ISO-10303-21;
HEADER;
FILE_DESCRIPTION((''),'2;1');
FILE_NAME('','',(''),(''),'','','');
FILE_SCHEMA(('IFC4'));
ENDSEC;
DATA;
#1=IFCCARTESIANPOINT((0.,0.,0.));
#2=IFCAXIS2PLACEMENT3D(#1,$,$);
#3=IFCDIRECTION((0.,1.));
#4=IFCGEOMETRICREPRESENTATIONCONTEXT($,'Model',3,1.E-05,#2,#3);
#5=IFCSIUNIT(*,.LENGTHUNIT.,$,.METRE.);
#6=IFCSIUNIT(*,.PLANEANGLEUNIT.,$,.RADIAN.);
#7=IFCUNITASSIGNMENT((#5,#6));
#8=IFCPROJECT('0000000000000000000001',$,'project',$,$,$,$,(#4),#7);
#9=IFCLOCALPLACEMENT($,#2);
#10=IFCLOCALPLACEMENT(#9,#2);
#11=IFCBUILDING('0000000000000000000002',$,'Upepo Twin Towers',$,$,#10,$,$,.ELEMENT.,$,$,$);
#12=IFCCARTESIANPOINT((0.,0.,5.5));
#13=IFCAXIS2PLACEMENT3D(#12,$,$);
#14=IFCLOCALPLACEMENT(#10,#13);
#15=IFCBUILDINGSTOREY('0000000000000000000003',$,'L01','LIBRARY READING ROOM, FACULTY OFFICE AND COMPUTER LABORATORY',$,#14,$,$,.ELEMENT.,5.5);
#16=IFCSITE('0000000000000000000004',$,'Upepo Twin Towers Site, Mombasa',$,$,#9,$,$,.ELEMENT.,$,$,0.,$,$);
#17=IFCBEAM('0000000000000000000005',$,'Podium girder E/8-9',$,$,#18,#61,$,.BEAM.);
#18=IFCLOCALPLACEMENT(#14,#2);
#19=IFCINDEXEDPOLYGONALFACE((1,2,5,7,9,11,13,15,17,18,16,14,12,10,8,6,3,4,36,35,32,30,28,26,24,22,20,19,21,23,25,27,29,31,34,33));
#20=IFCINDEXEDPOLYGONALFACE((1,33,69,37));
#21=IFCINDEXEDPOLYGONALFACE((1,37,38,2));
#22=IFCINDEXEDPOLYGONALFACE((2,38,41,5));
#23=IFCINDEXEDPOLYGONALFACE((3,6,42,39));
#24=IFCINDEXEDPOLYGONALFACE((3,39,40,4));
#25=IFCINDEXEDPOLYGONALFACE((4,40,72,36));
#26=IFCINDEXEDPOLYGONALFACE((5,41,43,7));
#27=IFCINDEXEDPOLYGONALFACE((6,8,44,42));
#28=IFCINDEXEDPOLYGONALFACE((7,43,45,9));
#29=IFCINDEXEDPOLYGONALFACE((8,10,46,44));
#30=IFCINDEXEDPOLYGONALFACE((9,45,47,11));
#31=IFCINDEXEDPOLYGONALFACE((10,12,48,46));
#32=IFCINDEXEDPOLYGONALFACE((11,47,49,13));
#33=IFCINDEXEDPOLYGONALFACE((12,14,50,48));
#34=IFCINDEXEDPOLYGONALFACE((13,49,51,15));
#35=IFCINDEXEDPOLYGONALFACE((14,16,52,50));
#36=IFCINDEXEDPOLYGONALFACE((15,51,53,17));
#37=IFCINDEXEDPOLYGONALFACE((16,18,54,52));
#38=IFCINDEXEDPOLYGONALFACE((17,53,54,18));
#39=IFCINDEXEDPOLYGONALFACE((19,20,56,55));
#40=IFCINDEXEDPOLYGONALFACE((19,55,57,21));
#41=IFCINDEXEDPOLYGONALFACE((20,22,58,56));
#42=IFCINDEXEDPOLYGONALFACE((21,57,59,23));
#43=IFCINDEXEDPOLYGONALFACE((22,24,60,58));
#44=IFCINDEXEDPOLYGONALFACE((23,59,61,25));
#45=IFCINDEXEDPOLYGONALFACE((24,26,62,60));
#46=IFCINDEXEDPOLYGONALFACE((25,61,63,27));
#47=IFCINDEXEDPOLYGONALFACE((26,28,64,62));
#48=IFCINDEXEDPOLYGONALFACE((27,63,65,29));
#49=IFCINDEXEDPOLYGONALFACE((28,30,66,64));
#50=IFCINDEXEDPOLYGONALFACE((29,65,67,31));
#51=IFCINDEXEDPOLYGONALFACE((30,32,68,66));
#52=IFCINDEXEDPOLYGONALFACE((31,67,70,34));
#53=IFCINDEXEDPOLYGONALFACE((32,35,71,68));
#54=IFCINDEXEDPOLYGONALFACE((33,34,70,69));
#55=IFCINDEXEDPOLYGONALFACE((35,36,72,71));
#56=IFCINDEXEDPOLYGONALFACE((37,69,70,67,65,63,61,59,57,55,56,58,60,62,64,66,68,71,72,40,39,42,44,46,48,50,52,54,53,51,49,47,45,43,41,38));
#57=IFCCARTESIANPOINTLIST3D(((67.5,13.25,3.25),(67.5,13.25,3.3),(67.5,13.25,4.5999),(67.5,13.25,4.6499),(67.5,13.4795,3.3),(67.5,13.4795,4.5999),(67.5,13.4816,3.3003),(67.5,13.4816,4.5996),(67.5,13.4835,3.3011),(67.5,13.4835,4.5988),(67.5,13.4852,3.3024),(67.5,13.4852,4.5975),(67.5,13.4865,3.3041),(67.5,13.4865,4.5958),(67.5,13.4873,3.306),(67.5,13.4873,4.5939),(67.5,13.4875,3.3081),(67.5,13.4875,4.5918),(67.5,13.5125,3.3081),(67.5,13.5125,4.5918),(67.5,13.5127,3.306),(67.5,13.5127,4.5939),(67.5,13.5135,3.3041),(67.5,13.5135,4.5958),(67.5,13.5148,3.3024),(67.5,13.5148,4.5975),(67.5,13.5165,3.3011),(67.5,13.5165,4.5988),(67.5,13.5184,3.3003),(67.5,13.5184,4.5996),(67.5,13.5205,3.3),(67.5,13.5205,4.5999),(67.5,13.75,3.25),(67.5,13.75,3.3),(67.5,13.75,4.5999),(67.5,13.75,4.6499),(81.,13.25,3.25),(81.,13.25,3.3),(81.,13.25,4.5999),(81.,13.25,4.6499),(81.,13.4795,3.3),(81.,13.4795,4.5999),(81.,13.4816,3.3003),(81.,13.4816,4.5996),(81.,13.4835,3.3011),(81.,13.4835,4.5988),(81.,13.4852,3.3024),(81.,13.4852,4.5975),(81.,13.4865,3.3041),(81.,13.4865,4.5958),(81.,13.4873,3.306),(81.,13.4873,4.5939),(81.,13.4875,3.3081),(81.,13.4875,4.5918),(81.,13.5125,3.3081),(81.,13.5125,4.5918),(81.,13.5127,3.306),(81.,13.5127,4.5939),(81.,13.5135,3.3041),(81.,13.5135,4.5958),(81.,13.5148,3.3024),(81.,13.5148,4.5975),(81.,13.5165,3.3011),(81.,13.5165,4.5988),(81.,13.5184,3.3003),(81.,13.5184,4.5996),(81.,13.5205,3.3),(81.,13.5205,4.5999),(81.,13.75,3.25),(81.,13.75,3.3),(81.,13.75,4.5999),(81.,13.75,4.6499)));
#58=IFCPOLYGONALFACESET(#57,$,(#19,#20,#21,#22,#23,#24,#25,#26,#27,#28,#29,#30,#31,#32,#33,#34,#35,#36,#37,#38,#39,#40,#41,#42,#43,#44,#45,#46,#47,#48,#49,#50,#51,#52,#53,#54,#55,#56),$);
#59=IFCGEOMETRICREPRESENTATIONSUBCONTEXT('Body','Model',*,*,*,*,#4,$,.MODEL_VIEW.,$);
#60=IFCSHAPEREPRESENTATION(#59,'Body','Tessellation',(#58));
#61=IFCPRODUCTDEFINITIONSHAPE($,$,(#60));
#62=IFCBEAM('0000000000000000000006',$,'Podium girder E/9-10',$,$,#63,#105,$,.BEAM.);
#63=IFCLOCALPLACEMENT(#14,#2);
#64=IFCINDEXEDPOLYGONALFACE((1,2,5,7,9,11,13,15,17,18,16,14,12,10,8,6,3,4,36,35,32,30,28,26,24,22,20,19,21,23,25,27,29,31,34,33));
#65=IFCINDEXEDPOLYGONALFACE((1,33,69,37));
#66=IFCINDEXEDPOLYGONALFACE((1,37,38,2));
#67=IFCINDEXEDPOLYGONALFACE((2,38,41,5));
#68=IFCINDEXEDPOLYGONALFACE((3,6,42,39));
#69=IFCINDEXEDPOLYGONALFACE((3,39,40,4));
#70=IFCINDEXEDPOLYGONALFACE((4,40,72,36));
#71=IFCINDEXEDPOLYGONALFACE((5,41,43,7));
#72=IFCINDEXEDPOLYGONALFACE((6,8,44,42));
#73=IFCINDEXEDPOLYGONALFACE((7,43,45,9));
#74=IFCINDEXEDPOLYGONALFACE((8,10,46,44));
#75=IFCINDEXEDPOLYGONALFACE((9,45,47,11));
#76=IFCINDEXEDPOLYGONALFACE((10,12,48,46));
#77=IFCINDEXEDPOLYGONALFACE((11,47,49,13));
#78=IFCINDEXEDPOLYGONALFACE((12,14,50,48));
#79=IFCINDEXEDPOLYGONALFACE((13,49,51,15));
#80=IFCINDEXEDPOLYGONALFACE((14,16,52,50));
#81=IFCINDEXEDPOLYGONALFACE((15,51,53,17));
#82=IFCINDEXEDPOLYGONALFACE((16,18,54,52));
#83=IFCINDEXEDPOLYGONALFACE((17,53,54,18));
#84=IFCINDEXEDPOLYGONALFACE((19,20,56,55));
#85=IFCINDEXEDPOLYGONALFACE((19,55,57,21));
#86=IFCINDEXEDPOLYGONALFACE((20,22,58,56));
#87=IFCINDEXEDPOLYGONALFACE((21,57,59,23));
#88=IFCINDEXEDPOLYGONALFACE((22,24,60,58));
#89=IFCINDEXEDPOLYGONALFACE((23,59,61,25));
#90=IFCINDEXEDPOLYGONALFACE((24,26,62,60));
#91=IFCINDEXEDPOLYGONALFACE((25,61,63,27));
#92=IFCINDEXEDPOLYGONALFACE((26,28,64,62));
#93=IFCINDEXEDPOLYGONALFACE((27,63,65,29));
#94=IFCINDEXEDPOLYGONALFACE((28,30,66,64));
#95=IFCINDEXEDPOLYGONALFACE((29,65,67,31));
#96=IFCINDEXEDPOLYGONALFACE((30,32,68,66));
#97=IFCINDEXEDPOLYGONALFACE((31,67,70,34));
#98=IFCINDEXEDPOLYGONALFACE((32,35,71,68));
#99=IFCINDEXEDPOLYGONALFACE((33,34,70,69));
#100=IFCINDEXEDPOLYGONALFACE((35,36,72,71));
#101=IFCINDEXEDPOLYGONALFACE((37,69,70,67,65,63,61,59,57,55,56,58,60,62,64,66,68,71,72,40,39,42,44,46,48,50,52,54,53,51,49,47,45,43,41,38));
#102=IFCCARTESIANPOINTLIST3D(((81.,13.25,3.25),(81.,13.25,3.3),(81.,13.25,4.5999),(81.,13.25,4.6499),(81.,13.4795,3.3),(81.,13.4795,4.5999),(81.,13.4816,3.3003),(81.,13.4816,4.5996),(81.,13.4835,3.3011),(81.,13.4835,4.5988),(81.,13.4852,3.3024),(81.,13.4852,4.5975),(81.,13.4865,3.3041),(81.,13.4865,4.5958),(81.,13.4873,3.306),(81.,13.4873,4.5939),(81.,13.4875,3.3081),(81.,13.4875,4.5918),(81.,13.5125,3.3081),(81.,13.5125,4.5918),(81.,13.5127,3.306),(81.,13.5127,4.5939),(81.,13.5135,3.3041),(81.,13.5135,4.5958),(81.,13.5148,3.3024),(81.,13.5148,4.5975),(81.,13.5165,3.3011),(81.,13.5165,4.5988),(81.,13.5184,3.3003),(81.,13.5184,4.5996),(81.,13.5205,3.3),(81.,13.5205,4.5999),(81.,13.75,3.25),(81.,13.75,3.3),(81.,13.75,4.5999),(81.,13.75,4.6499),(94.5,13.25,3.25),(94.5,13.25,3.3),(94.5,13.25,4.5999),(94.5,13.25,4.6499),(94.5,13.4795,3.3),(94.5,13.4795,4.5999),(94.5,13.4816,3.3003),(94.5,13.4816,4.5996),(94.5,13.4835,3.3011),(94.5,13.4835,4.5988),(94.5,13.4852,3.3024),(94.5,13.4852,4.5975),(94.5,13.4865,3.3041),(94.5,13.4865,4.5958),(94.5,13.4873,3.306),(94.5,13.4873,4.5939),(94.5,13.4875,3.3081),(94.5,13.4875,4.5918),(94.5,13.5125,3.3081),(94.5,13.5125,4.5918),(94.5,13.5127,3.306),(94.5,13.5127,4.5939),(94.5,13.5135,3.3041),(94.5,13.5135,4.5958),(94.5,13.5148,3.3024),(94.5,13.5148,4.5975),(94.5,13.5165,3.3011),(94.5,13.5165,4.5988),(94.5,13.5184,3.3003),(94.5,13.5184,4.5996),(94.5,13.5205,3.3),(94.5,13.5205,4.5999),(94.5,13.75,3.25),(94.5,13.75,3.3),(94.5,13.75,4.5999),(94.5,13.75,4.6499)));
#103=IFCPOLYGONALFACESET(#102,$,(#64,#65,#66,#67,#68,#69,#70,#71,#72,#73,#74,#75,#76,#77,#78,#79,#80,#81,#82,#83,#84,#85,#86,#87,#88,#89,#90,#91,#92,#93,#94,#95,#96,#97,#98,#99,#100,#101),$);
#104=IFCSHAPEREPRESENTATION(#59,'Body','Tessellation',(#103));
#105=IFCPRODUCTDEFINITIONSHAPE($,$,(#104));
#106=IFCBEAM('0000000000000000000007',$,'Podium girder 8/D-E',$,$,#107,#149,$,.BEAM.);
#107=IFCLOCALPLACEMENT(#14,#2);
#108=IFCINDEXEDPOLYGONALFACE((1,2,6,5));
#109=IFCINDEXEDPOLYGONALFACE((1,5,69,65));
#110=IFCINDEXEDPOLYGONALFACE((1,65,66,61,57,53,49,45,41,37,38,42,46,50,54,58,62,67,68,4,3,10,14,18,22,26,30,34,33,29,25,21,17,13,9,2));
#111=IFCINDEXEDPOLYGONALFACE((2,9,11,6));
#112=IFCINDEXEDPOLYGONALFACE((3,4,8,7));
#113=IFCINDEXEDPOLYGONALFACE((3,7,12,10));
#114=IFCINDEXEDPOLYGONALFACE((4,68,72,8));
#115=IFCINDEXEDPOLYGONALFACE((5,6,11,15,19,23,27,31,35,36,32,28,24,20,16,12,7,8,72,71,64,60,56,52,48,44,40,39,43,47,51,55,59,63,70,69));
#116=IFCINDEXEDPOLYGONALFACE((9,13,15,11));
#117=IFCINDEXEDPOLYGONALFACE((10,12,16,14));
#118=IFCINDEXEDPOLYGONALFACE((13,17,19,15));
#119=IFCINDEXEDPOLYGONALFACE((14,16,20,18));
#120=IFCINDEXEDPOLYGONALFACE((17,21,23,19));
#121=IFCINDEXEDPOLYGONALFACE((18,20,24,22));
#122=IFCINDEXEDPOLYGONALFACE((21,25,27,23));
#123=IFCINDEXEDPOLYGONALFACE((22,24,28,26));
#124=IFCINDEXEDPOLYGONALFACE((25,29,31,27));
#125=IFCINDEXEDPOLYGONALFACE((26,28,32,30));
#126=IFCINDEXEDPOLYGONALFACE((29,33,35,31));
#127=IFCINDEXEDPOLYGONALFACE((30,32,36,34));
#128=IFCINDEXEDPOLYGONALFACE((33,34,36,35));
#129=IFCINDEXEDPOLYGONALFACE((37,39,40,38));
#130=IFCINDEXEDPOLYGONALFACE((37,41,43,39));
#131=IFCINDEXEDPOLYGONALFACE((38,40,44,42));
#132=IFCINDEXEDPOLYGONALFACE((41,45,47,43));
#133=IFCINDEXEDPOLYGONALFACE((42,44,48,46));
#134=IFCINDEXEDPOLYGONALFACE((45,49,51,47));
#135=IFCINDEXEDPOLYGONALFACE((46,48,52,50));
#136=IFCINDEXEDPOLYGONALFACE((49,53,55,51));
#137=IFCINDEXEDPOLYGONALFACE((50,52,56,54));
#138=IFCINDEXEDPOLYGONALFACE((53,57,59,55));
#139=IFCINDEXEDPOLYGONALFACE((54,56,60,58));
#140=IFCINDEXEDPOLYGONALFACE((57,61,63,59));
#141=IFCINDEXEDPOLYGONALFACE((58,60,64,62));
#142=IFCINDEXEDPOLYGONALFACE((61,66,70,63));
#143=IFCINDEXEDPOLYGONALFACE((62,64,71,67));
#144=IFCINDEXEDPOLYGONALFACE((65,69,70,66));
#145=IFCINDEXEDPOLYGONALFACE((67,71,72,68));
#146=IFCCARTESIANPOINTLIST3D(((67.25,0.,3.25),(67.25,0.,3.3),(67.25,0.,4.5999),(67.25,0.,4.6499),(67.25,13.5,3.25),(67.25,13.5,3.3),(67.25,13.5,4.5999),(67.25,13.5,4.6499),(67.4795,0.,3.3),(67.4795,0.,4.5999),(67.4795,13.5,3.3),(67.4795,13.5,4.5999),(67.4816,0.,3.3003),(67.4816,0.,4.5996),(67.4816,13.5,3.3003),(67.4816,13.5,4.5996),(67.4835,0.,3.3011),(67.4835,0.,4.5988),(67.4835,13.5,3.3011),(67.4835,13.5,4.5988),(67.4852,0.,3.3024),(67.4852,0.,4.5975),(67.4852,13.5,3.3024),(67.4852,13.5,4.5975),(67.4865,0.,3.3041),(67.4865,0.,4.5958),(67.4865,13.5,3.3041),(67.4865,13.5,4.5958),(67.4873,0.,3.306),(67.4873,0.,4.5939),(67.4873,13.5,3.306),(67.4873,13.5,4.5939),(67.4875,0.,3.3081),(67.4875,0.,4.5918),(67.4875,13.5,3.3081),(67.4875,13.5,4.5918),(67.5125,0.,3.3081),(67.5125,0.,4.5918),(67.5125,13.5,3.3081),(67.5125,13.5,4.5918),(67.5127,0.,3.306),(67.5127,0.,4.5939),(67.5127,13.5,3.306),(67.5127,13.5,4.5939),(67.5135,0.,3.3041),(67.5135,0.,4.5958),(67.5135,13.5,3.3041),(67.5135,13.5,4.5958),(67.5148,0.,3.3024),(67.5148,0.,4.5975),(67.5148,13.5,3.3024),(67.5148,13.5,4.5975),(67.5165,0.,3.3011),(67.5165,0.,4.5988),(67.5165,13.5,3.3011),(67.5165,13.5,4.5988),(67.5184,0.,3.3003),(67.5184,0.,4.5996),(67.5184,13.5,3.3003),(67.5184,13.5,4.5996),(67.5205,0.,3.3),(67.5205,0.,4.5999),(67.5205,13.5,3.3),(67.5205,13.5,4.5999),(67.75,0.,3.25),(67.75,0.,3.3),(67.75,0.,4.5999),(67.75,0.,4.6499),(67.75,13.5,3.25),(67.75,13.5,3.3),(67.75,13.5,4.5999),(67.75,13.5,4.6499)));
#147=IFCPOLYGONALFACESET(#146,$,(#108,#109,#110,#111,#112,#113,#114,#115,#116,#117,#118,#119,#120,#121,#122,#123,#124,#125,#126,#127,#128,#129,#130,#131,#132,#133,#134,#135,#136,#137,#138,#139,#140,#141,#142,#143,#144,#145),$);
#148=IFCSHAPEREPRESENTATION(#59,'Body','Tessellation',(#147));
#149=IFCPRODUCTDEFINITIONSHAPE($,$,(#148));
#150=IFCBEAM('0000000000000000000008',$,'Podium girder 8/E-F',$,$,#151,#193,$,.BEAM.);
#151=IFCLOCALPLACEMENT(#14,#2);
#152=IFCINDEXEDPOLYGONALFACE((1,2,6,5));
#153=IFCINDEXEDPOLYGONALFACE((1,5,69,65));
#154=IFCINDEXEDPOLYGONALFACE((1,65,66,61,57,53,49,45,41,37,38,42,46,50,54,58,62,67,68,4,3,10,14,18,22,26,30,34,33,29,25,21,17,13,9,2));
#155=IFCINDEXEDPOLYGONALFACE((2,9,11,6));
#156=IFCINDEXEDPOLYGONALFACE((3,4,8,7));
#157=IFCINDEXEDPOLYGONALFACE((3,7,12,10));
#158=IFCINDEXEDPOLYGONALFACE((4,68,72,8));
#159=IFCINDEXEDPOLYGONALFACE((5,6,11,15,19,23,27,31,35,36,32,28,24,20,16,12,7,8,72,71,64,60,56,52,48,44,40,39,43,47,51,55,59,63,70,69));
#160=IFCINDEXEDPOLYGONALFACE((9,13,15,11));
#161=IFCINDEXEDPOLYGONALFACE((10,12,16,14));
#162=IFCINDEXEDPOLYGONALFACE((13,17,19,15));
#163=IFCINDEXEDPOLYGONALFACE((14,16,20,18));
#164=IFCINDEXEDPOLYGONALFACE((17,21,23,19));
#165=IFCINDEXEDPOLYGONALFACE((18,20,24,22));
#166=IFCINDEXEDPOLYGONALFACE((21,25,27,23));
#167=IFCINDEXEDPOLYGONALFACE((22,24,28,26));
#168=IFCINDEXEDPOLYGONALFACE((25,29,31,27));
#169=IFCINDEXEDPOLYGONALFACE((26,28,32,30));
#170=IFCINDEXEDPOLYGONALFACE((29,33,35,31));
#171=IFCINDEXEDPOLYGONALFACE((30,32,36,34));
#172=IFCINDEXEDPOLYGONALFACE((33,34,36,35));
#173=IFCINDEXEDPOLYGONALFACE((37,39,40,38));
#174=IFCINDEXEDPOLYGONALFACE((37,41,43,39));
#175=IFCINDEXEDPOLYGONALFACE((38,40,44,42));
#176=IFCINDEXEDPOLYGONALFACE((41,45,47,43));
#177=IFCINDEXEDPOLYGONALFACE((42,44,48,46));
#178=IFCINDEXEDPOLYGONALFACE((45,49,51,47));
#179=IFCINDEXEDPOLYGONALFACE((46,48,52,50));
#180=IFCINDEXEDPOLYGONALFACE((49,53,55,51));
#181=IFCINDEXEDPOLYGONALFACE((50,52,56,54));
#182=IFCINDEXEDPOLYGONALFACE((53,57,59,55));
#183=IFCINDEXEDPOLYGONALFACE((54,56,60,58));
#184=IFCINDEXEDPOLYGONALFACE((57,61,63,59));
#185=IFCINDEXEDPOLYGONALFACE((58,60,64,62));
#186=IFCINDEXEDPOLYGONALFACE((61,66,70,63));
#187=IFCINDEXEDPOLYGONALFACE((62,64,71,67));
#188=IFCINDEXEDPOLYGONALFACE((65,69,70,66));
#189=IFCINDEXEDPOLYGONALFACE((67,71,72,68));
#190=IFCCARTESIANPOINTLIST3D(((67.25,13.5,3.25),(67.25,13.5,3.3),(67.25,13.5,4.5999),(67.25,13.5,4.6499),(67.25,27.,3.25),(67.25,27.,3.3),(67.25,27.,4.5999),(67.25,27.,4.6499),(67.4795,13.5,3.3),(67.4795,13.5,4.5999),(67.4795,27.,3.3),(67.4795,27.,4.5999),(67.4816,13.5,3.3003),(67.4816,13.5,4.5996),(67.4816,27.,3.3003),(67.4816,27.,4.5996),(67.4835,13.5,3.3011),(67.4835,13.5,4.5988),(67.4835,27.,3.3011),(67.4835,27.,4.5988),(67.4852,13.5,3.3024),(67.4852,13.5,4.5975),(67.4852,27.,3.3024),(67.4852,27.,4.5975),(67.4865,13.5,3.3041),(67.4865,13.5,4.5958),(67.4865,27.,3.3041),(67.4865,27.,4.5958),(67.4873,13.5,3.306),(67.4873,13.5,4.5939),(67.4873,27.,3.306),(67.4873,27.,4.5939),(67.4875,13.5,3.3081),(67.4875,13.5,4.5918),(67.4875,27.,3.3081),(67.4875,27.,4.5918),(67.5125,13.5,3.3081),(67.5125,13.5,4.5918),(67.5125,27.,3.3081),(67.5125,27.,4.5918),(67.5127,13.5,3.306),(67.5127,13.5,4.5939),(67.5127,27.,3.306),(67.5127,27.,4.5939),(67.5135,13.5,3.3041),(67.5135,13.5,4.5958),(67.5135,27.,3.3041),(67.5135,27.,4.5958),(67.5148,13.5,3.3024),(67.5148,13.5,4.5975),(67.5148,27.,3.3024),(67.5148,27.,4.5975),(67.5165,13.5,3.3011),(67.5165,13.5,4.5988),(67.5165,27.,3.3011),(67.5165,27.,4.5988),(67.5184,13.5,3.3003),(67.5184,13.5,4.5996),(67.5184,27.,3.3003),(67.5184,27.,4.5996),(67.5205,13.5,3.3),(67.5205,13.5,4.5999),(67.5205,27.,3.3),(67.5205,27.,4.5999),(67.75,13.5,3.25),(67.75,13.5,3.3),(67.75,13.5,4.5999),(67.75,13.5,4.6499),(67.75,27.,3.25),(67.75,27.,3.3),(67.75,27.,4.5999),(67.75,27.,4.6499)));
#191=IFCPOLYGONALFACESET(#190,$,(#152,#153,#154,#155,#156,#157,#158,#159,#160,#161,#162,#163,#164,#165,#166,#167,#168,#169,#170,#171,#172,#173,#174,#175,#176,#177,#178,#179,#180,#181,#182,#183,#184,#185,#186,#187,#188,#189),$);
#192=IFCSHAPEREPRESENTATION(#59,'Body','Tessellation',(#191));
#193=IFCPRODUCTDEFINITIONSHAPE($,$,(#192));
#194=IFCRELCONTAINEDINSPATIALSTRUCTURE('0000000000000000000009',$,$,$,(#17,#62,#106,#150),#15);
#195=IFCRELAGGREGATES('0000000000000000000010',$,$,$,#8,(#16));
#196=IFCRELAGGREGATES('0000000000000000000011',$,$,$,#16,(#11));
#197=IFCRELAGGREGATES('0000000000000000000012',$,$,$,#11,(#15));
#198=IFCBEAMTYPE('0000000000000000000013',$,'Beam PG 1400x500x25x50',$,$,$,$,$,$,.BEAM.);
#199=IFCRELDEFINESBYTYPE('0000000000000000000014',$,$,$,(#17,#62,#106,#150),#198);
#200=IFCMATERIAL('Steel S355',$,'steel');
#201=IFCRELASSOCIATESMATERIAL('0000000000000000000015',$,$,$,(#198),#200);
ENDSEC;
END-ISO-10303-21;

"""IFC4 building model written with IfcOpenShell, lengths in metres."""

from ifc_helpers import new_model, si_unit, direction, frame, origin, origin_2d, place, context, subcontext, project, spatial, i_section, extrude, material, material_profile, profile_set, type_object, element, save


model = new_model("IFC4")

# Units and contexts
model_context = context("Model", 3, precision=1e-05, world=origin(), true_north=direction((0.0, 1.0)))
body_context = subcontext(model_context, "Body", "Model", "MODEL_VIEW")
ifc_project = project(units=[si_unit("LENGTHUNIT", "METRE"), si_unit("PLANEANGLEUNIT", "RADIAN")], contexts=[model_context])

# Site, building, storey
site_placement = place(None, origin())
site = spatial("IfcSite", under=ifc_project, at=site_placement, Name="Upepo Twin Towers Site, Mombasa", CompositionType="ELEMENT", RefElevation=0.0)
building_placement = place(site_placement, origin())
building = spatial("IfcBuilding", under=site, at=building_placement, Name="Upepo Twin Towers", CompositionType="ELEMENT")
storey_placement = place(building_placement, frame((0.0, 0.0, 5.5)))
storey = spatial("IfcBuildingStorey", under=building, at=storey_placement, Name="L01", Description="LIBRARY READING ROOM, FACULTY OFFICE AND COMPUTER LABORATORY", CompositionType="ELEMENT", Elevation=5.5)

# Beams
ifc_material_1 = material(Name="Steel S355", Category="steel")
ifc_material_profile_1 = material_profile(ifc_material_1, i_section(OverallWidth=0.5, OverallDepth=1.3999, WebThickness=0.0249, FlangeThickness=0.05, FilletRadius=0.0081, at=origin_2d()), Name="PG 1400x500x25x50")
ifc_profile_set_1 = profile_set([ifc_material_profile_1], Name="Steel S355")
beam_type_1 = type_object("IfcBeamType", Name="Beam PG 1400x500x25x50", PredefinedType="BEAM", material=ifc_profile_set_1)
for number, where, z_axis, x_axis, name in (
    (1, (67.5, 13.5, 3.95), (1.0, 0.0, 0.0), (0.0, 1.0, 0.0), "Podium girder E/8-9"),
    (2, (81.0, 13.5, 3.95), (1.0, 0.0, 0.0), (0.0, 1.0, 0.0), "Podium girder E/9-10"),
    (3, (67.5, 0.0, 3.95), (0.0, 1.0, 0.0), (-1.0, 0.0, 0.0), "Podium girder 8/D-E"),
    (4, (67.5, 13.5, 3.95), (0.0, 1.0, 0.0), (-1.0, 0.0, 0.0), "Podium girder 8/E-F"),
):
    element("IfcBeam", number, at=place(storey_placement, frame(where, z_axis=z_axis, x_axis=x_axis)), inside=storey, type_object=beam_type_1, Name=name, PredefinedType="BEAM", context=body_context, shape_type="SweptSolid", body=[
        extrude(i_section(OverallWidth=0.5, OverallDepth=1.3999, WebThickness=0.0249, FlangeThickness=0.05, FilletRadius=0.0081, at=origin_2d()), origin(), (0.0, 0.0, 1.0), 13.5),
    ])

save(model, "model.ifc")
